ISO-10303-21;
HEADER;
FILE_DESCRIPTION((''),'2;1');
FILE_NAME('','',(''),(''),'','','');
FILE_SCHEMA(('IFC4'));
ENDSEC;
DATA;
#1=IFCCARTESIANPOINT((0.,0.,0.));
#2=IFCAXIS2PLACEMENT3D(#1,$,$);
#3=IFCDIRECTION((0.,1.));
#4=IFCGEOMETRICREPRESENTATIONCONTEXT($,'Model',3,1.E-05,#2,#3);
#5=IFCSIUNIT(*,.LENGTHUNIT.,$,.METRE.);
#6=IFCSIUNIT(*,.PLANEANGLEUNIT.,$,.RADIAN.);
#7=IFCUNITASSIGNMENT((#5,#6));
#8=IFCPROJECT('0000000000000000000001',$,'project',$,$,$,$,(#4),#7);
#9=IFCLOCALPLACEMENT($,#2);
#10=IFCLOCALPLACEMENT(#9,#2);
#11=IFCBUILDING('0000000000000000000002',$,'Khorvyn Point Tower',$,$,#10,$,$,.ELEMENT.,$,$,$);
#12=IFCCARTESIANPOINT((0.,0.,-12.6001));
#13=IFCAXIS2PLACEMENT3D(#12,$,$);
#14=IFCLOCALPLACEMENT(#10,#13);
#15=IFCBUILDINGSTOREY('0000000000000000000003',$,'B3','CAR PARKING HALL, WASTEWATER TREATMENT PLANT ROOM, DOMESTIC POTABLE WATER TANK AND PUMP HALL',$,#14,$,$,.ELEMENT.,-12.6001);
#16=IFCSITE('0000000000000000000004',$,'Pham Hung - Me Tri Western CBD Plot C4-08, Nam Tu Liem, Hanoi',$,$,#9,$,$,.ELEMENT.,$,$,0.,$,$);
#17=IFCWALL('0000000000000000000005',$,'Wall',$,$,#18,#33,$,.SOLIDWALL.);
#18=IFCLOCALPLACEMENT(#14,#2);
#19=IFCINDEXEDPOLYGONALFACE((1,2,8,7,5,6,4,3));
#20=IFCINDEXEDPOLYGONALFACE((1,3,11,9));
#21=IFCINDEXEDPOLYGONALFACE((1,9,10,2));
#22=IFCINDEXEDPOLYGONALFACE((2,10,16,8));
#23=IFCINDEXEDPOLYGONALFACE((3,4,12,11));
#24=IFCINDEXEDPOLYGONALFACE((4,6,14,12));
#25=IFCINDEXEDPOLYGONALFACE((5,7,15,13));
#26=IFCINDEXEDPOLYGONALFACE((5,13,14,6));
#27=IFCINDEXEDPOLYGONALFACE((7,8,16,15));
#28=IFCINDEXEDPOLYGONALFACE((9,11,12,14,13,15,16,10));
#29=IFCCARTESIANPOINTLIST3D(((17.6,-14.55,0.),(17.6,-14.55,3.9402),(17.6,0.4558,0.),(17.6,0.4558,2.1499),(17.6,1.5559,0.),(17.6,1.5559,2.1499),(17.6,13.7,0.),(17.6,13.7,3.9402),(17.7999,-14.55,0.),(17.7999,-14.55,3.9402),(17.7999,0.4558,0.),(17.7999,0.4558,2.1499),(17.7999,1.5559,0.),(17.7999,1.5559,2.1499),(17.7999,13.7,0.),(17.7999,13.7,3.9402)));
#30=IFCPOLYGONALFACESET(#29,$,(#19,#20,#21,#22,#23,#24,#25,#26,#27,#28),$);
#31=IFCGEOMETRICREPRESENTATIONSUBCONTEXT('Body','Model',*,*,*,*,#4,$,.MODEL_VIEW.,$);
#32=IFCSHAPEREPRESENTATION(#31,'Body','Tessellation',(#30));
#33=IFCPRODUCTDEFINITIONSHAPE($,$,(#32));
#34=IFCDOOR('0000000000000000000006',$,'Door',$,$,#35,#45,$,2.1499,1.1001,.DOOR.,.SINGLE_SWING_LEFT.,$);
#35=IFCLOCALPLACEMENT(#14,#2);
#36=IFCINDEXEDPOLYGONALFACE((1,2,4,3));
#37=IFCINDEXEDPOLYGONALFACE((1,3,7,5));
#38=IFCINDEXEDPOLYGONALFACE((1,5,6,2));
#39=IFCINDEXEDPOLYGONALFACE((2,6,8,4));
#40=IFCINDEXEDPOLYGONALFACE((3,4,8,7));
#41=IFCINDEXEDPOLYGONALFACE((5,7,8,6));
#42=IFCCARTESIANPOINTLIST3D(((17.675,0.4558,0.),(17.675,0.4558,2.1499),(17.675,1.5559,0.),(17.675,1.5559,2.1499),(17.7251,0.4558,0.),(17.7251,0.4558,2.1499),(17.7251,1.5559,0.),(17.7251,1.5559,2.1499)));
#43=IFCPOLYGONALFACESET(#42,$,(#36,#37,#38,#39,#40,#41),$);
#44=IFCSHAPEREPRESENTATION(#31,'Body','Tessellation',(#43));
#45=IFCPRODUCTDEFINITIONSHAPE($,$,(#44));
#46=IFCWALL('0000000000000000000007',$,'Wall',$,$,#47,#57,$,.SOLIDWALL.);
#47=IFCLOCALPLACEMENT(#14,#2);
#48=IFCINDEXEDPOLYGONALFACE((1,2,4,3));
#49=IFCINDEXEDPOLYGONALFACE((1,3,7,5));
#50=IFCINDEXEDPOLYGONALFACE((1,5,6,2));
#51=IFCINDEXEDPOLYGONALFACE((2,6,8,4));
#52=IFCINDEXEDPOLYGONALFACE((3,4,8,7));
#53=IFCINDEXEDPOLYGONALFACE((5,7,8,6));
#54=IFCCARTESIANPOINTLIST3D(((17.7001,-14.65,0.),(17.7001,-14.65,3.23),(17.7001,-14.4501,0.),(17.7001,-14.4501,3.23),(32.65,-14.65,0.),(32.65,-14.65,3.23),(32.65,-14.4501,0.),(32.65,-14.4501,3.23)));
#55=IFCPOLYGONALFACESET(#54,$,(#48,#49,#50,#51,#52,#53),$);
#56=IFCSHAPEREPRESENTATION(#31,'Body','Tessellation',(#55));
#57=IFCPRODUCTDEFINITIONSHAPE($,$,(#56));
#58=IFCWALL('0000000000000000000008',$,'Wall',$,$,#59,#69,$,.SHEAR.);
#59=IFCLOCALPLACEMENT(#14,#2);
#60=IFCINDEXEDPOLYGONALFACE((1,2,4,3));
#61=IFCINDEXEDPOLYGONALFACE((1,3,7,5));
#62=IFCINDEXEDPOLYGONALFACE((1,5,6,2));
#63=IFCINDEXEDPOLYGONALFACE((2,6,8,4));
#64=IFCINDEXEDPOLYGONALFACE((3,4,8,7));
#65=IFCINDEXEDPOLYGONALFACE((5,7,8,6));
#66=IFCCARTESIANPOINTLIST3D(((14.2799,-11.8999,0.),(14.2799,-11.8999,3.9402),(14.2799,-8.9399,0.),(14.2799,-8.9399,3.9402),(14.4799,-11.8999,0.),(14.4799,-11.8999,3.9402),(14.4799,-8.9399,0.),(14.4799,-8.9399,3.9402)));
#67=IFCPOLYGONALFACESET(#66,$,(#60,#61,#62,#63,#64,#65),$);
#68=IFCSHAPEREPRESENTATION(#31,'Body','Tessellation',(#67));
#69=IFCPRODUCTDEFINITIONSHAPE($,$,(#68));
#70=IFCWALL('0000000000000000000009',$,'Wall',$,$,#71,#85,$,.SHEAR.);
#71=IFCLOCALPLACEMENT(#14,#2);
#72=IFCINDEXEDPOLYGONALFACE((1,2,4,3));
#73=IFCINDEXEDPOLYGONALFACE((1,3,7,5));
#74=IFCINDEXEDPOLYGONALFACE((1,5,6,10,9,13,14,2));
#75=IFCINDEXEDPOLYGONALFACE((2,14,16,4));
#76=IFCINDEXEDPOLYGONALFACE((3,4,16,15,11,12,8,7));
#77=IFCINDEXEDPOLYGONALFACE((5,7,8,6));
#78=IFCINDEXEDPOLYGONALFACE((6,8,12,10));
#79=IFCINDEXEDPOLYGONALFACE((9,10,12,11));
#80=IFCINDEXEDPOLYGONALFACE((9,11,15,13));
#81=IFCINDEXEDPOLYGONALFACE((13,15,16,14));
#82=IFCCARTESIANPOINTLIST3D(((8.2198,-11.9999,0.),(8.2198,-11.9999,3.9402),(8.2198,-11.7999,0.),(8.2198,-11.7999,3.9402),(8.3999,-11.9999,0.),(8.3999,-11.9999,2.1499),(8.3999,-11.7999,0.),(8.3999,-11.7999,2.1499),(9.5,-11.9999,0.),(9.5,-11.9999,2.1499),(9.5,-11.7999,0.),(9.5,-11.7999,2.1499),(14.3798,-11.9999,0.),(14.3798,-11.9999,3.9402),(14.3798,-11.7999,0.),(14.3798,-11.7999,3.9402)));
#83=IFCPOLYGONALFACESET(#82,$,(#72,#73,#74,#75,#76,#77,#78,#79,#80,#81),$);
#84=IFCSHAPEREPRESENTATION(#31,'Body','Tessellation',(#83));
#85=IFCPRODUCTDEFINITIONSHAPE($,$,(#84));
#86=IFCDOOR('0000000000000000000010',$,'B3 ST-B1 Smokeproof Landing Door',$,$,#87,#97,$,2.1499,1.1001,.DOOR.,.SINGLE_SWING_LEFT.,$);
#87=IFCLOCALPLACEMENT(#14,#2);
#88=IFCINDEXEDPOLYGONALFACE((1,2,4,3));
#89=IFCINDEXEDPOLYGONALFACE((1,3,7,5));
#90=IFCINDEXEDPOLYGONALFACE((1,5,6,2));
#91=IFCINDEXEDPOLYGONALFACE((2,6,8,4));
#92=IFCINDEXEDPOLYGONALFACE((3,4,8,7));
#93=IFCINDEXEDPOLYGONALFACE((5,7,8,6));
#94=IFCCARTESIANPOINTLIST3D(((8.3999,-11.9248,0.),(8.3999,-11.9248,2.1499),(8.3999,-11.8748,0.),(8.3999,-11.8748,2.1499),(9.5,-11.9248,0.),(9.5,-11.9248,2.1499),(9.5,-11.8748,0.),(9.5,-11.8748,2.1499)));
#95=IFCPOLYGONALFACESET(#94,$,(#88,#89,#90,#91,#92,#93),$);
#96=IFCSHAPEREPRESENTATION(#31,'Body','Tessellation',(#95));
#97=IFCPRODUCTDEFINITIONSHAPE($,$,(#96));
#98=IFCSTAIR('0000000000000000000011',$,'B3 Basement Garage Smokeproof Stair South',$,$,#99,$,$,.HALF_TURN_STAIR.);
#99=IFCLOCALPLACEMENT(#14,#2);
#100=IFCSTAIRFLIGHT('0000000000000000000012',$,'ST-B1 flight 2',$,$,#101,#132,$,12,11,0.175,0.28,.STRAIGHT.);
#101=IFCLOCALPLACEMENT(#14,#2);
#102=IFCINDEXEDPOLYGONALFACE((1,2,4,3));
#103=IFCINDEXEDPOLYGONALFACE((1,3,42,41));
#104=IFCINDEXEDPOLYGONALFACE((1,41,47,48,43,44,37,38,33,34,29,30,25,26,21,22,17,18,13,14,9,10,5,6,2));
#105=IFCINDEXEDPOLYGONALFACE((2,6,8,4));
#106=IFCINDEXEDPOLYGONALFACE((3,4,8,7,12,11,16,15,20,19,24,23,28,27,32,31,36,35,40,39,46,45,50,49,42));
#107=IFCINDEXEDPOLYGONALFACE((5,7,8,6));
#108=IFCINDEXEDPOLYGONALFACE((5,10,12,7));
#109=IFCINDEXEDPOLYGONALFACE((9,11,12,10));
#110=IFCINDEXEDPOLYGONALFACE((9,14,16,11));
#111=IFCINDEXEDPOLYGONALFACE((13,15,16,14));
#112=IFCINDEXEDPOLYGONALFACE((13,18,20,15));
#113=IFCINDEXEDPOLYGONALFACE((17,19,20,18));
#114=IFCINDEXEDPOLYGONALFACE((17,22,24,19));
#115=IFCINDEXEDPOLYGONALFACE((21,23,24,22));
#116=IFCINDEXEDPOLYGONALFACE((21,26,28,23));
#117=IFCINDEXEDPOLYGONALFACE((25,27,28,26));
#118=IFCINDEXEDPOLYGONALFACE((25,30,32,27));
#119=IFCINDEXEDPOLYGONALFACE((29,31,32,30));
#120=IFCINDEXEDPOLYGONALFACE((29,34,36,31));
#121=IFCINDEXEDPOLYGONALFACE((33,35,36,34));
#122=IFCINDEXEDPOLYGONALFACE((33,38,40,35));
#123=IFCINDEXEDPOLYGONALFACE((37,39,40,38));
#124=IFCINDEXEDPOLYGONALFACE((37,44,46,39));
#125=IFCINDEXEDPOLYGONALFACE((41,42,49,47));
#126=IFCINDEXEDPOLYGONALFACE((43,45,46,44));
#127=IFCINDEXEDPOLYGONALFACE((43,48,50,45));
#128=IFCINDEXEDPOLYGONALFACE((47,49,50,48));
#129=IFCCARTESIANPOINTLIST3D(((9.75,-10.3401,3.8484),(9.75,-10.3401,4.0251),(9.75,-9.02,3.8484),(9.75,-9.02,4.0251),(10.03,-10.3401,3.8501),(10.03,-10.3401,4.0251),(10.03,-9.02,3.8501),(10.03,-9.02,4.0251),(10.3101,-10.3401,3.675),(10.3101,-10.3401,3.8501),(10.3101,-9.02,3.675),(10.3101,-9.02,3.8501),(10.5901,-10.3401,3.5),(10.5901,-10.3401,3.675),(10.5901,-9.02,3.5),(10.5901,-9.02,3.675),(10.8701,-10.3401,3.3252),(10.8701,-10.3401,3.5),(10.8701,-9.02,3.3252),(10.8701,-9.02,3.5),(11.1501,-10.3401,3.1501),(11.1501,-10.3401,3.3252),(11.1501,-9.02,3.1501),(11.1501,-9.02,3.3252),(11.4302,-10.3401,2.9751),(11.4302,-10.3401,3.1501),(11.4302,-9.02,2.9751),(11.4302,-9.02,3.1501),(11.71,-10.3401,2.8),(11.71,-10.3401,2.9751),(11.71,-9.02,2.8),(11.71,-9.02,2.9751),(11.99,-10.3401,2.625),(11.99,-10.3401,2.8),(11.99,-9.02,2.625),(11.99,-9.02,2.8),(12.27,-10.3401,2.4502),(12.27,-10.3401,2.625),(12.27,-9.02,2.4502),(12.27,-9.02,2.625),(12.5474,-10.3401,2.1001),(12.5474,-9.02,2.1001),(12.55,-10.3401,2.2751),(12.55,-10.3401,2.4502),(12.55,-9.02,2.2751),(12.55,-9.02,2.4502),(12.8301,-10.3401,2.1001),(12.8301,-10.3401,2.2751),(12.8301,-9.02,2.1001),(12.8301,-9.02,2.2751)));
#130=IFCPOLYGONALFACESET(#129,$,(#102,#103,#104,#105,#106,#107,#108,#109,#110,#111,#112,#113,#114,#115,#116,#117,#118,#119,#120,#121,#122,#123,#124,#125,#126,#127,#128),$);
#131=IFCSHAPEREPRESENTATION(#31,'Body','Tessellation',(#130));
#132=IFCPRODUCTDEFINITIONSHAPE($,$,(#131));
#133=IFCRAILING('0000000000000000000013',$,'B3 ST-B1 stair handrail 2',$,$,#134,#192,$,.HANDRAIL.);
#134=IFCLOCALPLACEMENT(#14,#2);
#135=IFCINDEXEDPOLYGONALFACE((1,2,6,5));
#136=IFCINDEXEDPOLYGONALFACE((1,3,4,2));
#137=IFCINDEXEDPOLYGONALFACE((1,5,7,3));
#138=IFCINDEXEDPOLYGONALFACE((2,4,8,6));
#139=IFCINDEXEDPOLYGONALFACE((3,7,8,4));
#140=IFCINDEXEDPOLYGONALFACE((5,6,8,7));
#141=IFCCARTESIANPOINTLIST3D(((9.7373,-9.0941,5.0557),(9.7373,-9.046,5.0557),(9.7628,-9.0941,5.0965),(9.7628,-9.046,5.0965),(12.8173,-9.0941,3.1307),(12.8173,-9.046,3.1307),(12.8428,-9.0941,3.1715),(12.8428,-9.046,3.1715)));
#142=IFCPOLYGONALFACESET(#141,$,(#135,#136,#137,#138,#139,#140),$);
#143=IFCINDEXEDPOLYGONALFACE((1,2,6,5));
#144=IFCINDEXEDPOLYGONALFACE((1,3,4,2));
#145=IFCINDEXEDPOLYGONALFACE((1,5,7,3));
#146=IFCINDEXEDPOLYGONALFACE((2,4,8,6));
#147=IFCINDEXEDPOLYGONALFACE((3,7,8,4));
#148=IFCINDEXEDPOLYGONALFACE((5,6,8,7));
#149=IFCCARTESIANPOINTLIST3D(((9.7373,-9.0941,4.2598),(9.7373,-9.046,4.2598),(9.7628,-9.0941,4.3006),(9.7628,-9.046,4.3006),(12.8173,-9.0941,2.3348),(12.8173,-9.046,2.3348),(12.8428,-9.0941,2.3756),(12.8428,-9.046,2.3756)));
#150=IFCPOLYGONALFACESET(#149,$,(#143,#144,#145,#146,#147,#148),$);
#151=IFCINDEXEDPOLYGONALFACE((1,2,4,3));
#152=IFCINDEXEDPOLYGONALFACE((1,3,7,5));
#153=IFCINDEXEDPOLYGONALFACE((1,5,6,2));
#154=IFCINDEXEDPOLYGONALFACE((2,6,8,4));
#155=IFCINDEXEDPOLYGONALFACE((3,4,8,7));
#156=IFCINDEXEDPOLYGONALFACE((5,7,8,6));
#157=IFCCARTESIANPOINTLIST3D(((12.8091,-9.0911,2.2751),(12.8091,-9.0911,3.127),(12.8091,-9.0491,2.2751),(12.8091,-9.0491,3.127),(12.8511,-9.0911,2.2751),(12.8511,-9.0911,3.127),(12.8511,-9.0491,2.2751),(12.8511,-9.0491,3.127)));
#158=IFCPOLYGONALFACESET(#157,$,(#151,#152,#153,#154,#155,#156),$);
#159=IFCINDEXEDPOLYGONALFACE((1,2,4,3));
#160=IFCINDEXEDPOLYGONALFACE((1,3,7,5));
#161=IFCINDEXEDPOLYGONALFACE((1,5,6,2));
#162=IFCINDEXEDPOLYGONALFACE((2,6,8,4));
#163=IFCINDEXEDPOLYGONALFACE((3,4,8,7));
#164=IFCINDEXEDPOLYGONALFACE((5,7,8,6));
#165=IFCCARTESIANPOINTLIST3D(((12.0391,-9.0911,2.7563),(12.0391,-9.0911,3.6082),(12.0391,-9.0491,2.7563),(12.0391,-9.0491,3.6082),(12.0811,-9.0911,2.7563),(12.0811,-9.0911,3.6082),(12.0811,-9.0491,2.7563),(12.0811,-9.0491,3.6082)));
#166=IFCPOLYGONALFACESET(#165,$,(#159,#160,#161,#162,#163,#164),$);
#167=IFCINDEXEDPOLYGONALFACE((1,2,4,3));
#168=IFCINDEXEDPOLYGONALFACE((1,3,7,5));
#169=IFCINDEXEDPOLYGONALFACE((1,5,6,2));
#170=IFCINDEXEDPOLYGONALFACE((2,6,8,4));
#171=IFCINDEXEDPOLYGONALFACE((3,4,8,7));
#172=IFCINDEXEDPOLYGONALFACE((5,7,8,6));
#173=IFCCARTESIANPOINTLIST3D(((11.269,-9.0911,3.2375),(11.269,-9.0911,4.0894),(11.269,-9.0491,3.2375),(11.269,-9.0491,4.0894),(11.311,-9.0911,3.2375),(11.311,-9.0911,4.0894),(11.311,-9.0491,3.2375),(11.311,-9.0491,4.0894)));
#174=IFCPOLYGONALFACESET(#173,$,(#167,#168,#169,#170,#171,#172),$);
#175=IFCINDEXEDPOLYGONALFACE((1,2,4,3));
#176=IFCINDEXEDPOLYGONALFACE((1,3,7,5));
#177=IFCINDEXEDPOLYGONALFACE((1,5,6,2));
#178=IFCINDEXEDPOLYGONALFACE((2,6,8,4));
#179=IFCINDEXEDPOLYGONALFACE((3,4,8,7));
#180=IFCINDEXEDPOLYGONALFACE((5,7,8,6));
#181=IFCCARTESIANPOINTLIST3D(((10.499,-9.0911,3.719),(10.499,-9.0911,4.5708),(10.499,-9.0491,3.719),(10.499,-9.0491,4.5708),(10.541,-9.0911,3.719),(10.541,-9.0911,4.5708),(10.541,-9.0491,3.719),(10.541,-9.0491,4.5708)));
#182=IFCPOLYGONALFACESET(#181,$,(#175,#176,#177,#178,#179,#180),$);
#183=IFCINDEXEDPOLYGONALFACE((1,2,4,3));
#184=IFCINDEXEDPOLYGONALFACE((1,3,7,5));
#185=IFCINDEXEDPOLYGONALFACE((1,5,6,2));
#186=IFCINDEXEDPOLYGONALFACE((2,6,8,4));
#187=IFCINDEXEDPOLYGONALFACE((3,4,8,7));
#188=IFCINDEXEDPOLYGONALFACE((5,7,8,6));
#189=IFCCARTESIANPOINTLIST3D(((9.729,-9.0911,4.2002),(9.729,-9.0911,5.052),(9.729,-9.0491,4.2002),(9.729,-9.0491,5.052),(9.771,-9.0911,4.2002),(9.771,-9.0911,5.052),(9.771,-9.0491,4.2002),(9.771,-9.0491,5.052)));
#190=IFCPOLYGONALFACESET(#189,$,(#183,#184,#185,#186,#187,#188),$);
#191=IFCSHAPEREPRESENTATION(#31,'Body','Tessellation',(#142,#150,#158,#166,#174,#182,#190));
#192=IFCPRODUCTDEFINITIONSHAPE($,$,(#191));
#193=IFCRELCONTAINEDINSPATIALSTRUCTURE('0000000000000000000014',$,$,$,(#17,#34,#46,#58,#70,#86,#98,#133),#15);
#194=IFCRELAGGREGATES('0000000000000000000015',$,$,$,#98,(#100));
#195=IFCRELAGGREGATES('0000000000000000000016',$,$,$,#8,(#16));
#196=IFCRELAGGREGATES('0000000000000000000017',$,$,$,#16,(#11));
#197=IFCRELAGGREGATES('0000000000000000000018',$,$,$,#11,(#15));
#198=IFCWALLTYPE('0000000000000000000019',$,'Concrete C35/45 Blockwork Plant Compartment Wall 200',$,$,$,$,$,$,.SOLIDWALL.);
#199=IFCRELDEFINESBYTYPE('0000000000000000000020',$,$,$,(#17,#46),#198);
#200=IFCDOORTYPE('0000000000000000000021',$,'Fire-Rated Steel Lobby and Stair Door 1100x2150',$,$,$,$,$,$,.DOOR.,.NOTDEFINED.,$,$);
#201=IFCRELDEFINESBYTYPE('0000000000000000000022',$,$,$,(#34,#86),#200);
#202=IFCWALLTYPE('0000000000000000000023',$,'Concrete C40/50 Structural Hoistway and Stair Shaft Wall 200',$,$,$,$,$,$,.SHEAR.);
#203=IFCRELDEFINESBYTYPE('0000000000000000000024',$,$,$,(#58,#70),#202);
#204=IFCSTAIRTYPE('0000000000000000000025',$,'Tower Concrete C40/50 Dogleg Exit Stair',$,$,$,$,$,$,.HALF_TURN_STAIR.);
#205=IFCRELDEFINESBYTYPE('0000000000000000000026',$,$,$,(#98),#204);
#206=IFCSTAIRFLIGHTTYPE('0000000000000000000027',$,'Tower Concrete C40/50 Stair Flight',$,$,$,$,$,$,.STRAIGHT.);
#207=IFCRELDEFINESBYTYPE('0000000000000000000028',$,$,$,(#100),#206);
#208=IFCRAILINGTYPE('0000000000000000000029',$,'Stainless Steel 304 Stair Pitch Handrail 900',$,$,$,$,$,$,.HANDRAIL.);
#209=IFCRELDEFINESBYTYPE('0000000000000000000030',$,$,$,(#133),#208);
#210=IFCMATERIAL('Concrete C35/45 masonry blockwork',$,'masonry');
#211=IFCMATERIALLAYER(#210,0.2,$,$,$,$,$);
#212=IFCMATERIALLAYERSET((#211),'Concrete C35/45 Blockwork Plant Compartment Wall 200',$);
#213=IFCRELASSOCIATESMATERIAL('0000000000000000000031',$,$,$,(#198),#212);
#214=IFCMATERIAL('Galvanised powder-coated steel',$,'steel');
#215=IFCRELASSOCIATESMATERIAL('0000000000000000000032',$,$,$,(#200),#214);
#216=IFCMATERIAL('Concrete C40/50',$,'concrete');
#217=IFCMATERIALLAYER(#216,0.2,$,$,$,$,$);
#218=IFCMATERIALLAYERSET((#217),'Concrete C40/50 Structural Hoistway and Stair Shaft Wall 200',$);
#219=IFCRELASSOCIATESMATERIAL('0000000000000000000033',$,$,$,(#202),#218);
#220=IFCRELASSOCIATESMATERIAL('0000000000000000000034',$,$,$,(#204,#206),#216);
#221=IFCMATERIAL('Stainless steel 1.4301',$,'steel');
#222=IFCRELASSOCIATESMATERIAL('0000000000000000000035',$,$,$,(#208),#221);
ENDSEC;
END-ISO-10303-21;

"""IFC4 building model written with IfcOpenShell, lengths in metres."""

from ifc_helpers import new_model, si_unit, direction, frame, frame_2d, origin, origin_2d, place, context, subcontext, project, spatial, polyline, rectangle, outline, extrude, material, layer, layer_set, type_object, element, fill, aggregate, save


model = new_model("IFC4")

# Units and contexts
model_context = context("Model", 3, precision=1e-05, world=origin(), true_north=direction((0.0, 1.0)))
body_context = subcontext(model_context, "Body", "Model", "MODEL_VIEW")
ifc_project = project(units=[si_unit("LENGTHUNIT", "METRE"), si_unit("PLANEANGLEUNIT", "RADIAN")], contexts=[model_context])

# Site, building, storey
site_placement = place(None, origin())
site = spatial("IfcSite", under=ifc_project, at=site_placement, Name="Pham Hung - Me Tri Western CBD Plot C4-08, Nam Tu Liem, Hanoi", CompositionType="ELEMENT", RefElevation=0.0)
building_placement = place(site_placement, origin())
building = spatial("IfcBuilding", under=site, at=building_placement, Name="Khorvyn Point Tower", CompositionType="ELEMENT")
storey_placement = place(building_placement, frame((0.0, 0.0, -12.6001)))
storey = spatial("IfcBuildingStorey", under=building, at=storey_placement, Name="B3", Description="CAR PARKING HALL, WASTEWATER TREATMENT PLANT ROOM, DOMESTIC POTABLE WATER TANK AND PUMP HALL", CompositionType="ELEMENT", Elevation=-12.6001)

# Shared definitions
ifc_material_1 = material(Name="Concrete C40/50", Category="concrete")

# Wall, opening, door
ifc_material_2 = material(Name="Concrete C35/45 masonry blockwork", Category="masonry")
ifc_layer_1 = layer(ifc_material_2, 0.2)
ifc_layer_set_1 = layer_set([ifc_layer_1], Name="Concrete C35/45 Blockwork Plant Compartment Wall 200")
wall_type_1 = type_object("IfcWallType", Name="Concrete C35/45 Blockwork Plant Compartment Wall 200", PredefinedType="SOLIDWALL", material=ifc_layer_set_1)
wall_1_placement = place(storey_placement, frame((17.7, -14.55, 0.0), z_axis=(0.0, 0.0, 1.0), x_axis=(0.0, 1.0, 0.0)))
wall_1 = element("IfcWall", 1, at=wall_1_placement, inside=storey, type_object=wall_type_1, Name="Wall", PredefinedType="SOLIDWALL", context=body_context, shape_type="SweptSolid", body=[
    extrude(rectangle(XDim=28.25, YDim=0.2, at=frame_2d((14.125, 0.0))), origin(), (0.0, 0.0, 1.0), 3.9402),
])
opening_1_placement = place(wall_1_placement, frame((15.0059, 0.0, 0.0)))
opening_1 = element("IfcOpeningElement", 2, at=opening_1_placement, cuts=wall_1, PredefinedType="OPENING", context=body_context, shape_type="SweptSolid", body=[
    extrude(rectangle(XDim=1.1001, YDim=2.1499, at=frame_2d((0.55, 1.075))), frame((0.0, 0.1099, 0.0), z_axis=(0.0, -1.0, 0.0), x_axis=(1.0, 0.0, 0.0)), (0.0, 0.0, 1.0), 0.22),
])
ifc_material_3 = material(Name="Galvanised powder-coated steel", Category="steel")
door_type = type_object("IfcDoorType", Name="Fire-Rated Steel Lobby and Stair Door 1100x2150", OperationType="NOTDEFINED", PredefinedType="DOOR", material=ifc_material_3)
door_1_placement = place(opening_1_placement, origin())
door_1 = element("IfcDoor", 3, at=door_1_placement, inside=storey, type_object=door_type, Name="Door", OperationType="SINGLE_SWING_LEFT", OverallHeight=2.1499, OverallWidth=1.1001, PredefinedType="DOOR", context=body_context, shape_type="SweptSolid", body=[
    extrude(rectangle(XDim=1.1001, YDim=2.1499, at=frame_2d((0.55, 1.075))), frame((0.0, 0.0249, 0.0), z_axis=(0.0, -1.0, 0.0), x_axis=(1.0, 0.0, 0.0)), (0.0, 0.0, 1.0), 0.05),
])
fill(opening_1, door_1)

# Walls
wall_2_placement = place(storey_placement, frame((17.7, -14.55, 0.0), z_axis=(0.0, 0.0, 1.0), x_axis=(1.0, 0.0, 0.0)))
element("IfcWall", 4, at=wall_2_placement, inside=storey, type_object=wall_type_1, Name="Wall", PredefinedType="SOLIDWALL", context=body_context, shape_type="SweptSolid", body=[
    extrude(rectangle(XDim=14.95, YDim=0.2, at=frame_2d((7.4751, 0.0))), origin(), (0.0, 0.0, 1.0), 3.23),
])
ifc_layer_2 = layer(ifc_material_1, 0.2)
ifc_layer_set_2 = layer_set([ifc_layer_2], Name="Concrete C40/50 Structural Hoistway and Stair Shaft Wall 200")
wall_type_2 = type_object("IfcWallType", Name="Concrete C40/50 Structural Hoistway and Stair Shaft Wall 200", PredefinedType="SHEAR", material=ifc_layer_set_2)
wall_3_placement = place(storey_placement, frame((14.3799, -8.9399, 0.0), z_axis=(0.0, 0.0, 1.0), x_axis=(0.0, -1.0, 0.0)))
element("IfcWall", 5, at=wall_3_placement, inside=storey, type_object=wall_type_2, Name="Wall", PredefinedType="SHEAR", context=body_context, shape_type="SweptSolid", body=[
    extrude(rectangle(XDim=2.96, YDim=0.2, at=frame_2d((1.48, 0.0))), origin(), (0.0, 0.0, 1.0), 3.9402),
])

# Wall, opening, door
wall_4_placement = place(storey_placement, frame((14.3799, -11.8999, 0.0), z_axis=(0.0, 0.0, 1.0), x_axis=(-1.0, 0.0, 0.0)))
wall_4 = element("IfcWall", 6, at=wall_4_placement, inside=storey, type_object=wall_type_2, Name="Wall", PredefinedType="SHEAR", context=body_context, shape_type="SweptSolid", body=[
    extrude(rectangle(XDim=6.1599, YDim=0.2, at=frame_2d((3.0801, 0.0))), origin(), (0.0, 0.0, 1.0), 3.9402),
])
opening_2_placement = place(wall_4_placement, frame((4.8799, 0.0, 0.0)))
opening_2 = element("IfcOpeningElement", 7, at=opening_2_placement, cuts=wall_4, PredefinedType="OPENING", context=body_context, shape_type="SweptSolid", body=[
    extrude(rectangle(XDim=1.1001, YDim=2.1499, at=frame_2d((0.55, 1.075))), frame((0.0, 0.1099, 0.0), z_axis=(0.0, -1.0, 0.0), x_axis=(1.0, 0.0, 0.0)), (0.0, 0.0, 1.0), 0.22),
])
door_2_placement = place(opening_2_placement, origin())
door_2 = element("IfcDoor", 8, at=door_2_placement, inside=storey, type_object=door_type, Name="B3 ST-B1 Smokeproof Landing Door", OperationType="SINGLE_SWING_LEFT", OverallHeight=2.1499, OverallWidth=1.1001, PredefinedType="DOOR", context=body_context, shape_type="SweptSolid", body=[
    extrude(rectangle(XDim=1.1001, YDim=2.1499, at=frame_2d((0.55, 1.075))), frame((0.0, 0.0249, 0.0), z_axis=(0.0, -1.0, 0.0), x_axis=(1.0, 0.0, 0.0)), (0.0, 0.0, 1.0), 0.05),
])
fill(opening_2, door_2)

# Stair, stair flight
stair_type = type_object("IfcStairType", Name="Tower Concrete C40/50 Dogleg Exit Stair", PredefinedType="HALF_TURN_STAIR", material=ifc_material_1)
stair_placement = place(storey_placement, origin())
stair = element("IfcStair", 9, at=stair_placement, inside=storey, type_object=stair_type, Name="B3 Basement Garage Smokeproof Stair South", PredefinedType="HALF_TURN_STAIR")
stair_flight_type = type_object("IfcStairFlightType", Name="Tower Concrete C40/50 Stair Flight", PredefinedType="STRAIGHT", material=ifc_material_1)
stair_flight_placement = place(storey_placement, frame((12.8301, -9.6799, 2.1001), z_axis=(0.0, 0.0, 1.0), x_axis=(-1.0, 0.0, 0.0)))
stair_flight = element("IfcStairFlight", 10, at=stair_flight_placement, type_object=stair_flight_type, Name="ST-B1 flight 2", NumberOfRisers=12, NumberOfTreads=11, PredefinedType="STRAIGHT", RiserHeight=0.175, TreadLength=0.28, context=body_context, shape_type="SweptSolid", body=[
    extrude(outline(polyline([(0.0, 0.0), (0.0, 0.175), (0.28, 0.175), (0.28, 0.3501), (0.5601, 0.3501), (0.5601, 0.5249), (0.8401, 0.5249), (0.8401, 0.7), (1.1201, 0.7), (1.1201, 0.875), (1.3999, 0.875), (1.3999, 1.05), (1.6799, 1.05), (1.6799, 1.2251), (1.96, 1.2251), (1.96, 1.3999), (2.24, 1.3999), (2.24, 1.575), (2.52, 1.575), (2.52, 1.75), (2.8, 1.75), (2.8, 1.925), (3.0801, 1.925), (3.0801, 2.1001), (3.0801, 1.7483), (0.2827, 0.0), (0.0, 0.0)])), frame((0.0, 0.6602, 0.0), z_axis=(0.0, -1.0, 0.0), x_axis=(1.0, 0.0, 0.0)), (0.0, 0.0, 1.0), 1.3201),
])
aggregate(stair, [stair_flight])

# Railing
ifc_material_4 = material(Name="Stainless steel 1.4301", Category="steel")
railing_type_1 = type_object("IfcRailingType", Name="Stainless Steel 304 Stair Pitch Handrail 900", PredefinedType="HANDRAIL", material=ifc_material_4)
railing_1_placement = place(storey_placement, frame((12.8301, -9.0701, 2.2751)))
element("IfcRailing", 11, at=railing_1_placement, inside=storey, type_object=railing_type_1, Name="B3 ST-B1 stair handrail 2", PredefinedType="HANDRAIL", context=body_context, shape_type="SweptSolid", body=[
    extrude(rectangle(XDim=0.0481, YDim=0.0481, at=origin_2d()), frame((0.0, 0.0, 0.876), z_axis=(-0.847998, 0.0, 0.529999), x_axis=(0.0, -1.0, 0.0)), (0.0, 0.0, 1.0), 3.6321),
    extrude(rectangle(XDim=0.0481, YDim=0.0481, at=origin_2d()), frame((0.0, 0.0, 0.0801), z_axis=(-0.847998, 0.0, 0.529999), x_axis=(0.0, -1.0, 0.0)), (0.0, 0.0, 1.0), 3.6321),
    extrude(rectangle(XDim=0.042, YDim=0.042, at=origin_2d()), origin(), (0.0, 0.0, 1.0), 0.8518),
    extrude(rectangle(XDim=0.042, YDim=0.042, at=origin_2d()), frame((-0.77, 0.0, 0.4812)), (0.0, 0.0, 1.0), 0.8518),
    extrude(rectangle(XDim=0.042, YDim=0.042, at=origin_2d()), frame((-1.54, 0.0, 0.9624)), (0.0, 0.0, 1.0), 0.8518),
    extrude(rectangle(XDim=0.042, YDim=0.042, at=origin_2d()), frame((-2.3101, 0.0, 1.4438)), (0.0, 0.0, 1.0), 0.8518),
    extrude(rectangle(XDim=0.042, YDim=0.042, at=origin_2d()), frame((-3.0801, 0.0, 1.925)), (0.0, 0.0, 1.0), 0.8518),
])

save(model, "model.ifc")
